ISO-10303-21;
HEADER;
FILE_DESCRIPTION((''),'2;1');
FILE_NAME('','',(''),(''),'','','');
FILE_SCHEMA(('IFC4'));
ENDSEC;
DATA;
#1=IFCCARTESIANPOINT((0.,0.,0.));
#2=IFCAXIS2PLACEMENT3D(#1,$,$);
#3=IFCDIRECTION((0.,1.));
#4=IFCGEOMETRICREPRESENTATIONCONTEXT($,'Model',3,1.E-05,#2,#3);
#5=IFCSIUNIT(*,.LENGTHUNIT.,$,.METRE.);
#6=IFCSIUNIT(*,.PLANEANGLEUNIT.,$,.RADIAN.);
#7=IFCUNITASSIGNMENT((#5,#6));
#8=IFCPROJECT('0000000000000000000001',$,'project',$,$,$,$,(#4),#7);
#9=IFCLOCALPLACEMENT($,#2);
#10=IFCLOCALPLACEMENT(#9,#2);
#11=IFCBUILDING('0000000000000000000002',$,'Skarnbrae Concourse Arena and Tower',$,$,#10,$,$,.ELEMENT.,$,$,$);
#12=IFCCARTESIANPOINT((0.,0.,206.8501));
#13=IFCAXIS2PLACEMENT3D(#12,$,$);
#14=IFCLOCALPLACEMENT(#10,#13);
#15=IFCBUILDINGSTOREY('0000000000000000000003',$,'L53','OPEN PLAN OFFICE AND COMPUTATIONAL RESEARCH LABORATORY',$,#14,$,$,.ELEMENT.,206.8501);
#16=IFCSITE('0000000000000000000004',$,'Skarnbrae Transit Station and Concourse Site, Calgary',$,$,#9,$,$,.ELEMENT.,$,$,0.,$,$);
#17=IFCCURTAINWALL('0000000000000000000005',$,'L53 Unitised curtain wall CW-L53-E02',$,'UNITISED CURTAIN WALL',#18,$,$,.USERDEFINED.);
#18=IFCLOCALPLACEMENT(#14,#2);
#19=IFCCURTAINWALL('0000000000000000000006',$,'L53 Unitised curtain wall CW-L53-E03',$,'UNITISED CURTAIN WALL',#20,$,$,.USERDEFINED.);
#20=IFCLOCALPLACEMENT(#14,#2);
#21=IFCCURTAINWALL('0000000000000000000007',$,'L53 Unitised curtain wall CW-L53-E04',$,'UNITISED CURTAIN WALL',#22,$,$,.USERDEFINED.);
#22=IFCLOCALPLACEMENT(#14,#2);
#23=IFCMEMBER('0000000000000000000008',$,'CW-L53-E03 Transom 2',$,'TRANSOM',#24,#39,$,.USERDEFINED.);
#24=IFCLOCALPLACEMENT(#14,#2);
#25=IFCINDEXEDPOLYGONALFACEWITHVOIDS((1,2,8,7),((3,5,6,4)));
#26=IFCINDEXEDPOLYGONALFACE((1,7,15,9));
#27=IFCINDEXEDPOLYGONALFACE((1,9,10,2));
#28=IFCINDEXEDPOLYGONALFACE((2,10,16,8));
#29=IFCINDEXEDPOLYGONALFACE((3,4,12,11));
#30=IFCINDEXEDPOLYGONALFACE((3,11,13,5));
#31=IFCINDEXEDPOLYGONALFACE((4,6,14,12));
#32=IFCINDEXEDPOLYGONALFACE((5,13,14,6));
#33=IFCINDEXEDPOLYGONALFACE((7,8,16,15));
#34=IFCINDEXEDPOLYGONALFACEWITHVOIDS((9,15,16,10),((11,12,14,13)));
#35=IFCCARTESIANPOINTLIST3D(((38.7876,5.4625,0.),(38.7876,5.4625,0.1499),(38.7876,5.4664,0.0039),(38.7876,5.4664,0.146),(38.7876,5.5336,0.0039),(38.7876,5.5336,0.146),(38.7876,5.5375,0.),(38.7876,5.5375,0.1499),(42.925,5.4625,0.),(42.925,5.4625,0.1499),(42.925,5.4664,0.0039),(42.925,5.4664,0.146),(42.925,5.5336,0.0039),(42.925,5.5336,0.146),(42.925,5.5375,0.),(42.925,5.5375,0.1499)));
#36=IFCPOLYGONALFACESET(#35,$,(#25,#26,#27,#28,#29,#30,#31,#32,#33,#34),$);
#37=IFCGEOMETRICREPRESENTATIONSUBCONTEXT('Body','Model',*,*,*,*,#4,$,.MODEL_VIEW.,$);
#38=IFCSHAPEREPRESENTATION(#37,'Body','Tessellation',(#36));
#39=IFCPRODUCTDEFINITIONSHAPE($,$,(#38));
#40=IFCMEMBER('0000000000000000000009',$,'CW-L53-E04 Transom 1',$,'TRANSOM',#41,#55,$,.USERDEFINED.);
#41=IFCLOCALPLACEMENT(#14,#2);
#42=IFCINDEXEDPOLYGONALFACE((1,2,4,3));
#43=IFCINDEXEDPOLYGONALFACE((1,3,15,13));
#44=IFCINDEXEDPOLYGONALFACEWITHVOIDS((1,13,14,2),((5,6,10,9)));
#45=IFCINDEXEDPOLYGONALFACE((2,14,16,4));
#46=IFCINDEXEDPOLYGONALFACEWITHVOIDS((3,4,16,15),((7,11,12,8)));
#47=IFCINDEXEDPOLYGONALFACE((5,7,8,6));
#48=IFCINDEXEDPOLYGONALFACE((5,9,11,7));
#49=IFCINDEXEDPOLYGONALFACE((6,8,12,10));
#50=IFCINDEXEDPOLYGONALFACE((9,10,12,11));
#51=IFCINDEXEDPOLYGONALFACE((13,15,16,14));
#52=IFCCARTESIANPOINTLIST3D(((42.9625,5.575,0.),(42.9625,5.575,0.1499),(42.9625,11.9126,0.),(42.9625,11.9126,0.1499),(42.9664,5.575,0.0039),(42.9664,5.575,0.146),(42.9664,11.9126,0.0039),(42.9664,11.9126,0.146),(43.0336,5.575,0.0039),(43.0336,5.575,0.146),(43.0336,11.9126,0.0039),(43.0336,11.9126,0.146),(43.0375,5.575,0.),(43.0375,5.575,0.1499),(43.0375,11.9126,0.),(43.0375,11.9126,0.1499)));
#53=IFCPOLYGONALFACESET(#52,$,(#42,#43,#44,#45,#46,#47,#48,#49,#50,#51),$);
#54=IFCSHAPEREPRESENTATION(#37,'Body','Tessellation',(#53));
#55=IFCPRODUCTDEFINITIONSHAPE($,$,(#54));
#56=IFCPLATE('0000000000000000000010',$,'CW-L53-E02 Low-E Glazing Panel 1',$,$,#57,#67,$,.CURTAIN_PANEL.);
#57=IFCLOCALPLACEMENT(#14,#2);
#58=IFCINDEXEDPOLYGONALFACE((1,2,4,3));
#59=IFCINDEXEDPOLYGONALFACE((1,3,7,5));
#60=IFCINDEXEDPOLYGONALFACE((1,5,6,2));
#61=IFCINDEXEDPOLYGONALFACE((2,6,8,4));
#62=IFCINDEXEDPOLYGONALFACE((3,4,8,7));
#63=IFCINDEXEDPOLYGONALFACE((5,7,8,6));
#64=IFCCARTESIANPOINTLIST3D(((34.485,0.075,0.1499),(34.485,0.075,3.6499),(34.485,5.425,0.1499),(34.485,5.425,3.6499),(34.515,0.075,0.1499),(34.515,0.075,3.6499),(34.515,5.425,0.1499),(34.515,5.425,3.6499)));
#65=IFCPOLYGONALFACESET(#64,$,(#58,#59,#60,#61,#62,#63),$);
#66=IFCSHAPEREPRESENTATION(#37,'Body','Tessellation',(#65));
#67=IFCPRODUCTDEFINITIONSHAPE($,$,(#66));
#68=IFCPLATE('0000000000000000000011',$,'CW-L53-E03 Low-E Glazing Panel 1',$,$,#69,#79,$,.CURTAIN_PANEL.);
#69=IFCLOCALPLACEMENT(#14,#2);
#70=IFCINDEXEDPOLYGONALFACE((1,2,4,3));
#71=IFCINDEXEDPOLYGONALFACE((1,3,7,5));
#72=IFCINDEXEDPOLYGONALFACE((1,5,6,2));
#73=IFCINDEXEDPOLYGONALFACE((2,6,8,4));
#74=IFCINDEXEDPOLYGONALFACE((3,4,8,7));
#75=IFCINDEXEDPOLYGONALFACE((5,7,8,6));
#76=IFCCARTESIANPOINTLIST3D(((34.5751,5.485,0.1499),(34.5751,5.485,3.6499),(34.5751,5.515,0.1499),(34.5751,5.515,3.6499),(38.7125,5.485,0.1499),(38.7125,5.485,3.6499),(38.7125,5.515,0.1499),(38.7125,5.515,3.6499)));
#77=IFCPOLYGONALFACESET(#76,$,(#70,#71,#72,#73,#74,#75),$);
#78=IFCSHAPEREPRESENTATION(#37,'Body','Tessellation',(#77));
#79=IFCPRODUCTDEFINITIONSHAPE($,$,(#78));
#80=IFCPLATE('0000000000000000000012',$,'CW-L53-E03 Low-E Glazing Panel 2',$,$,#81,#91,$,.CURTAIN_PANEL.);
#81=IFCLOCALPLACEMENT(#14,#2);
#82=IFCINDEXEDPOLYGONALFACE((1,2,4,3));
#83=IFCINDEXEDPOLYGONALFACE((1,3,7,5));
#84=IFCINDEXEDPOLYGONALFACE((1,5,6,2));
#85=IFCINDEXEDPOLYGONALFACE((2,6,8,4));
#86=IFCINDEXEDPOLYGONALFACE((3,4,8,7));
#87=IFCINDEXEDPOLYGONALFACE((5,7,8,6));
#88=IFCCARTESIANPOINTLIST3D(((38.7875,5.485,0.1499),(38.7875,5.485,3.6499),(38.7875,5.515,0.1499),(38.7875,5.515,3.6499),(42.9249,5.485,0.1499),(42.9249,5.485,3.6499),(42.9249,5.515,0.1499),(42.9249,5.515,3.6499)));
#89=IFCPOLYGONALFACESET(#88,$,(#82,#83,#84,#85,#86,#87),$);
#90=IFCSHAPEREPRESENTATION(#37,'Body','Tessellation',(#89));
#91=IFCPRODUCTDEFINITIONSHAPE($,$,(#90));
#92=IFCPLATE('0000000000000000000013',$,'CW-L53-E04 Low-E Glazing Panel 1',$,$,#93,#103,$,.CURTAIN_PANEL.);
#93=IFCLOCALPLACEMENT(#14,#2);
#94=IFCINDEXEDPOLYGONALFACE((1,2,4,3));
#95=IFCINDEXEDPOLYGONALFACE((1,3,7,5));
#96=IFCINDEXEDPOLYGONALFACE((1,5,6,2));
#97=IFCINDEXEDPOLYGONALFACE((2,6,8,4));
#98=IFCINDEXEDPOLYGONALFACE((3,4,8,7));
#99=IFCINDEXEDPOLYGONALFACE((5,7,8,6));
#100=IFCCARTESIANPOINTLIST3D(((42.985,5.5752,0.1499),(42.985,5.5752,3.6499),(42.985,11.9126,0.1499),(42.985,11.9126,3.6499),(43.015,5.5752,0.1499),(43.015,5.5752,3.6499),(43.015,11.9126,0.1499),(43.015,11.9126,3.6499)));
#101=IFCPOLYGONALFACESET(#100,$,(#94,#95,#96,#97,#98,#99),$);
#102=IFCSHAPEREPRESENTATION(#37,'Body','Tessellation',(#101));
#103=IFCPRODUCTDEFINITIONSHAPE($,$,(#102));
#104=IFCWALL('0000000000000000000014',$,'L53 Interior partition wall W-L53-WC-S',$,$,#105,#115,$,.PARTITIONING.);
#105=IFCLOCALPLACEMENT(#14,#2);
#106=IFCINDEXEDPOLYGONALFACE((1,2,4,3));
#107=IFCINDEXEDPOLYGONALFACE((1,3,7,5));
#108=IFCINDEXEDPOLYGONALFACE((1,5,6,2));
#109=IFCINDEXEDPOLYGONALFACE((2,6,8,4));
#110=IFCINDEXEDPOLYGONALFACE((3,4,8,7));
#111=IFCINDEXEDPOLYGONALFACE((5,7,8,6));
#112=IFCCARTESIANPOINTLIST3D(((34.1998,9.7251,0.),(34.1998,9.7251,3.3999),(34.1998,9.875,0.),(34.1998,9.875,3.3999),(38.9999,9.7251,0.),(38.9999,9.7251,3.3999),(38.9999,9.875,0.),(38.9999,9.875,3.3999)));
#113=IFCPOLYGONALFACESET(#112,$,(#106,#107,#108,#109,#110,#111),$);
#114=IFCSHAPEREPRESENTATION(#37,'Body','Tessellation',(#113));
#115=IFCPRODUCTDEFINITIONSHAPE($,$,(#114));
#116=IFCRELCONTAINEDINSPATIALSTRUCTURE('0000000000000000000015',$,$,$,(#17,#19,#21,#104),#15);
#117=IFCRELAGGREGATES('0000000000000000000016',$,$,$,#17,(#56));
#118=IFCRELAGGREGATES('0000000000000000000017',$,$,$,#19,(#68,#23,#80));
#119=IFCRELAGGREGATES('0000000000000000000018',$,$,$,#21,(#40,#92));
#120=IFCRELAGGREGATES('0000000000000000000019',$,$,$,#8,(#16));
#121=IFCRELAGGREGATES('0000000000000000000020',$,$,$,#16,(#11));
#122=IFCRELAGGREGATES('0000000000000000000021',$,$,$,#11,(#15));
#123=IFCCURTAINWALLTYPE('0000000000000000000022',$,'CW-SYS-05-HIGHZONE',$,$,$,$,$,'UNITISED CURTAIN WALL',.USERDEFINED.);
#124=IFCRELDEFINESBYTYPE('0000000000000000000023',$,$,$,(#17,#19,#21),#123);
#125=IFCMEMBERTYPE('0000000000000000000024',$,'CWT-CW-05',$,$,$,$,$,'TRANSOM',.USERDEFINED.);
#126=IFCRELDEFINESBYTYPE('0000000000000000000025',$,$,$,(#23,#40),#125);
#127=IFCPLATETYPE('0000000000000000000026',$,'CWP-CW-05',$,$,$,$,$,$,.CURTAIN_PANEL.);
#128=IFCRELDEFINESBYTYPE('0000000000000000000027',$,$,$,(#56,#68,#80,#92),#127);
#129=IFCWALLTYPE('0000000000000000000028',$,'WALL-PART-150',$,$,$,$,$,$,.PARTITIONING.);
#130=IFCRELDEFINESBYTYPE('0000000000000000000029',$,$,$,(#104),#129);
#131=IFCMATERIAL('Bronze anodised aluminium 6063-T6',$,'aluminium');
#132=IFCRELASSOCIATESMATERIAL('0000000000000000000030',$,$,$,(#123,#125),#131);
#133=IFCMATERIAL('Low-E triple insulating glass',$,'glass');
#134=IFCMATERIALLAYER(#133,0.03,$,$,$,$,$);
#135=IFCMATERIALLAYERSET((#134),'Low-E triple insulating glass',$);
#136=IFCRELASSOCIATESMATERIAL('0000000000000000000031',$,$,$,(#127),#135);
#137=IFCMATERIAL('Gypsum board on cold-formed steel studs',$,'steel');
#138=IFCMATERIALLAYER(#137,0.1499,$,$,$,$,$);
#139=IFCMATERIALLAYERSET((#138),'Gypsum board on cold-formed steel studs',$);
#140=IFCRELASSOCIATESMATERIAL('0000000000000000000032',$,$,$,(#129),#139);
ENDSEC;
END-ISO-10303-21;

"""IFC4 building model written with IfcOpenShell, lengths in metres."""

from ifc_helpers import new_model, si_unit, direction, frame, frame_2d, origin, origin_2d, place, context, subcontext, project, spatial, rectangle, hollow_rectangle, extrude, source, transform, mapped, material, layer, layer_set, material_profile, profile_set, type_object, element, aggregate, save


model = new_model("IFC4")

# Units and contexts
model_context = context("Model", 3, precision=1e-05, world=origin(), true_north=direction((0.0, 1.0)))
body_context = subcontext(model_context, "Body", "Model", "MODEL_VIEW")
ifc_project = project(units=[si_unit("LENGTHUNIT", "METRE"), si_unit("PLANEANGLEUNIT", "RADIAN")], contexts=[model_context])

# Site, building, storey
site_placement = place(None, origin())
site = spatial("IfcSite", under=ifc_project, at=site_placement, Name="Skarnbrae Transit Station and Concourse Site, Calgary", CompositionType="ELEMENT", RefElevation=0.0)
building_placement = place(site_placement, origin())
building = spatial("IfcBuilding", under=site, at=building_placement, Name="Skarnbrae Concourse Arena and Tower", CompositionType="ELEMENT")
storey_placement = place(building_placement, frame((0.0, 0.0, 206.8501)))
storey = spatial("IfcBuildingStorey", under=building, at=storey_placement, Name="L53", Description="OPEN PLAN OFFICE AND COMPUTATIONAL RESEARCH LABORATORY", CompositionType="ELEMENT", Elevation=206.8501)

# Curtain walls
ifc_material_1 = material(Name="Bronze anodised aluminium 6063-T6", Category="aluminium")
curtain_wall_type = type_object("IfcCurtainWallType", Name="CW-SYS-05-HIGHZONE", ElementType="UNITISED CURTAIN WALL", PredefinedType="USERDEFINED", material=ifc_material_1)
curtain_wall_1_placement = place(storey_placement, origin())
curtain_wall_1 = element("IfcCurtainWall", 1, at=curtain_wall_1_placement, inside=storey, type_object=curtain_wall_type, Name="L53 Unitised curtain wall CW-L53-E02", ObjectType="UNITISED CURTAIN WALL", PredefinedType="USERDEFINED")
curtain_wall_2_placement = place(storey_placement, origin())
curtain_wall_2 = element("IfcCurtainWall", 2, at=curtain_wall_2_placement, inside=storey, type_object=curtain_wall_type, Name="L53 Unitised curtain wall CW-L53-E03", ObjectType="UNITISED CURTAIN WALL", PredefinedType="USERDEFINED")

# Curtain wall
curtain_wall_3_placement = place(storey_placement, origin())
curtain_wall_3 = element("IfcCurtainWall", 3, at=curtain_wall_3_placement, inside=storey, type_object=curtain_wall_type, Name="L53 Unitised curtain wall CW-L53-E04", ObjectType="UNITISED CURTAIN WALL", PredefinedType="USERDEFINED")

# Members
ifc_material_profile_1 = material_profile(ifc_material_1, hollow_rectangle(XDim=0.075, YDim=0.1499, WallThickness=0.0039, at=origin_2d()), Name="ALU-TRAN-75X150")
ifc_profile_set_1 = profile_set([ifc_material_profile_1], Name="Bronze anodised aluminium 6063-T6")
member_type_1 = type_object("IfcMemberType", Name="CWT-CW-05", ElementType="TRANSOM", PredefinedType="USERDEFINED", material=ifc_profile_set_1)
shared_shape_1 = source(origin(), body_context, "Body", "SweptSolid", [
    extrude(hollow_rectangle(XDim=0.075, YDim=0.1499, WallThickness=0.0039, at=origin_2d()), origin(), (0.0, 0.0, 1.0), 4.1375),
])
member_1_placement = place(storey_placement, frame((38.7876, 5.5, 0.075), z_axis=(1.0, 0.0, 0.0), x_axis=(0.0, 1.0, 0.0)))
member_1 = element("IfcMember", 4, at=member_1_placement, type_object=member_type_1, Name="CW-L53-E03 Transom 2", ObjectType="TRANSOM", PredefinedType="USERDEFINED", context=body_context, shape_type="MappedRepresentation", body=[
    mapped(shared_shape_1, transform((0.0, 0.0, 0.0))),
])
shared_shape_2 = source(origin(), body_context, "Body", "SweptSolid", [
    extrude(hollow_rectangle(XDim=0.075, YDim=0.1499, WallThickness=0.0039, at=origin_2d()), origin(), (0.0, 0.0, 1.0), 6.3376),
])
member_2_placement = place(storey_placement, frame((43.0, 5.575, 0.075), z_axis=(0.0, 1.0, 0.0), x_axis=(-1.0, 0.0, 0.0)))
member_2 = element("IfcMember", 5, at=member_2_placement, type_object=member_type_1, Name="CW-L53-E04 Transom 1", ObjectType="TRANSOM", PredefinedType="USERDEFINED", context=body_context, shape_type="MappedRepresentation", body=[
    mapped(shared_shape_2, transform((0.0, 0.0, 0.0))),
])

# Plates
ifc_material_2 = material(Name="Low-E triple insulating glass", Category="glass")
ifc_layer_1 = layer(ifc_material_2, 0.03)
ifc_layer_set_1 = layer_set([ifc_layer_1], Name="Low-E triple insulating glass")
plate_type = type_object("IfcPlateType", Name="CWP-CW-05", PredefinedType="CURTAIN_PANEL", material=ifc_layer_set_1)
shared_shape_3 = source(origin(), body_context, "Body", "SweptSolid", [
    extrude(rectangle(XDim=5.3501, YDim=0.03, at=origin_2d()), origin(), (0.0, 0.0, 1.0), 3.5),
])
plate_1_placement = place(storey_placement, frame((34.5, 2.75, 0.1499), z_axis=(0.0, 0.0, 1.0), x_axis=(0.0, 1.0, 0.0)))
plate_1 = element("IfcPlate", 6, at=plate_1_placement, type_object=plate_type, Name="CW-L53-E02 Low-E Glazing Panel 1", PredefinedType="CURTAIN_PANEL", context=body_context, shape_type="MappedRepresentation", body=[
    mapped(shared_shape_3, transform((0.0, 0.0, 0.0))),
])
aggregate(curtain_wall_1, [plate_1])
shared_shape_4 = source(origin(), body_context, "Body", "SweptSolid", [
    extrude(rectangle(XDim=4.1375, YDim=0.03, at=origin_2d()), origin(), (0.0, 0.0, 1.0), 3.5),
])
plate_2_placement = place(storey_placement, frame((36.6438, 5.5, 0.1499), z_axis=(0.0, 0.0, 1.0), x_axis=(1.0, 0.0, 0.0)))
plate_2 = element("IfcPlate", 7, at=plate_2_placement, type_object=plate_type, Name="CW-L53-E03 Low-E Glazing Panel 1", PredefinedType="CURTAIN_PANEL", context=body_context, shape_type="MappedRepresentation", body=[
    mapped(shared_shape_4, transform((0.0, 0.0, 0.0))),
])
plate_3_placement = place(storey_placement, frame((40.8562, 5.5, 0.1499), z_axis=(0.0, 0.0, 1.0), x_axis=(1.0, 0.0, 0.0)))
plate_3 = element("IfcPlate", 8, at=plate_3_placement, type_object=plate_type, Name="CW-L53-E03 Low-E Glazing Panel 2", PredefinedType="CURTAIN_PANEL", context=body_context, shape_type="MappedRepresentation", body=[
    mapped(shared_shape_4, transform((0.0, 0.0, 0.0))),
])
aggregate(curtain_wall_2, [plate_2, member_1, plate_3])
shared_shape_5 = source(origin(), body_context, "Body", "SweptSolid", [
    extrude(rectangle(XDim=6.3374, YDim=0.03, at=origin_2d()), origin(), (0.0, 0.0, 1.0), 3.5),
])
plate_4_placement = place(storey_placement, frame((43.0, 8.7439, 0.1499), z_axis=(0.0, 0.0, 1.0), x_axis=(0.0, 1.0, 0.0)))
plate_4 = element("IfcPlate", 9, at=plate_4_placement, type_object=plate_type, Name="CW-L53-E04 Low-E Glazing Panel 1", PredefinedType="CURTAIN_PANEL", context=body_context, shape_type="MappedRepresentation", body=[
    mapped(shared_shape_5, transform((0.0, 0.0, 0.0))),
])
aggregate(curtain_wall_3, [member_2, plate_4])

# Wall
ifc_material_3 = material(Name="Gypsum board on cold-formed steel studs", Category="steel")
ifc_layer_2 = layer(ifc_material_3, 0.1499)
ifc_layer_set_2 = layer_set([ifc_layer_2], Name="Gypsum board on cold-formed steel studs")
wall_type = type_object("IfcWallType", Name="WALL-PART-150", PredefinedType="PARTITIONING", material=ifc_layer_set_2)
shared_shape_6 = source(origin(), body_context, "Body", "SweptSolid", [
    extrude(rectangle(XDim=4.8, YDim=0.1499, at=frame_2d((2.3999, 0.0))), origin(), (0.0, 0.0, 1.0), 3.3999),
])
wall_placement = place(storey_placement, frame((34.2, 9.8, 0.0), z_axis=(0.0, 0.0, 1.0), x_axis=(1.0, 0.0, 0.0)))
element("IfcWall", 10, at=wall_placement, inside=storey, type_object=wall_type, Name="L53 Interior partition wall W-L53-WC-S", PredefinedType="PARTITIONING", context=body_context, shape_type="MappedRepresentation", body=[
    mapped(shared_shape_6, transform((0.0, 0.0, 0.0))),
])

save(model, "model.ifc")
